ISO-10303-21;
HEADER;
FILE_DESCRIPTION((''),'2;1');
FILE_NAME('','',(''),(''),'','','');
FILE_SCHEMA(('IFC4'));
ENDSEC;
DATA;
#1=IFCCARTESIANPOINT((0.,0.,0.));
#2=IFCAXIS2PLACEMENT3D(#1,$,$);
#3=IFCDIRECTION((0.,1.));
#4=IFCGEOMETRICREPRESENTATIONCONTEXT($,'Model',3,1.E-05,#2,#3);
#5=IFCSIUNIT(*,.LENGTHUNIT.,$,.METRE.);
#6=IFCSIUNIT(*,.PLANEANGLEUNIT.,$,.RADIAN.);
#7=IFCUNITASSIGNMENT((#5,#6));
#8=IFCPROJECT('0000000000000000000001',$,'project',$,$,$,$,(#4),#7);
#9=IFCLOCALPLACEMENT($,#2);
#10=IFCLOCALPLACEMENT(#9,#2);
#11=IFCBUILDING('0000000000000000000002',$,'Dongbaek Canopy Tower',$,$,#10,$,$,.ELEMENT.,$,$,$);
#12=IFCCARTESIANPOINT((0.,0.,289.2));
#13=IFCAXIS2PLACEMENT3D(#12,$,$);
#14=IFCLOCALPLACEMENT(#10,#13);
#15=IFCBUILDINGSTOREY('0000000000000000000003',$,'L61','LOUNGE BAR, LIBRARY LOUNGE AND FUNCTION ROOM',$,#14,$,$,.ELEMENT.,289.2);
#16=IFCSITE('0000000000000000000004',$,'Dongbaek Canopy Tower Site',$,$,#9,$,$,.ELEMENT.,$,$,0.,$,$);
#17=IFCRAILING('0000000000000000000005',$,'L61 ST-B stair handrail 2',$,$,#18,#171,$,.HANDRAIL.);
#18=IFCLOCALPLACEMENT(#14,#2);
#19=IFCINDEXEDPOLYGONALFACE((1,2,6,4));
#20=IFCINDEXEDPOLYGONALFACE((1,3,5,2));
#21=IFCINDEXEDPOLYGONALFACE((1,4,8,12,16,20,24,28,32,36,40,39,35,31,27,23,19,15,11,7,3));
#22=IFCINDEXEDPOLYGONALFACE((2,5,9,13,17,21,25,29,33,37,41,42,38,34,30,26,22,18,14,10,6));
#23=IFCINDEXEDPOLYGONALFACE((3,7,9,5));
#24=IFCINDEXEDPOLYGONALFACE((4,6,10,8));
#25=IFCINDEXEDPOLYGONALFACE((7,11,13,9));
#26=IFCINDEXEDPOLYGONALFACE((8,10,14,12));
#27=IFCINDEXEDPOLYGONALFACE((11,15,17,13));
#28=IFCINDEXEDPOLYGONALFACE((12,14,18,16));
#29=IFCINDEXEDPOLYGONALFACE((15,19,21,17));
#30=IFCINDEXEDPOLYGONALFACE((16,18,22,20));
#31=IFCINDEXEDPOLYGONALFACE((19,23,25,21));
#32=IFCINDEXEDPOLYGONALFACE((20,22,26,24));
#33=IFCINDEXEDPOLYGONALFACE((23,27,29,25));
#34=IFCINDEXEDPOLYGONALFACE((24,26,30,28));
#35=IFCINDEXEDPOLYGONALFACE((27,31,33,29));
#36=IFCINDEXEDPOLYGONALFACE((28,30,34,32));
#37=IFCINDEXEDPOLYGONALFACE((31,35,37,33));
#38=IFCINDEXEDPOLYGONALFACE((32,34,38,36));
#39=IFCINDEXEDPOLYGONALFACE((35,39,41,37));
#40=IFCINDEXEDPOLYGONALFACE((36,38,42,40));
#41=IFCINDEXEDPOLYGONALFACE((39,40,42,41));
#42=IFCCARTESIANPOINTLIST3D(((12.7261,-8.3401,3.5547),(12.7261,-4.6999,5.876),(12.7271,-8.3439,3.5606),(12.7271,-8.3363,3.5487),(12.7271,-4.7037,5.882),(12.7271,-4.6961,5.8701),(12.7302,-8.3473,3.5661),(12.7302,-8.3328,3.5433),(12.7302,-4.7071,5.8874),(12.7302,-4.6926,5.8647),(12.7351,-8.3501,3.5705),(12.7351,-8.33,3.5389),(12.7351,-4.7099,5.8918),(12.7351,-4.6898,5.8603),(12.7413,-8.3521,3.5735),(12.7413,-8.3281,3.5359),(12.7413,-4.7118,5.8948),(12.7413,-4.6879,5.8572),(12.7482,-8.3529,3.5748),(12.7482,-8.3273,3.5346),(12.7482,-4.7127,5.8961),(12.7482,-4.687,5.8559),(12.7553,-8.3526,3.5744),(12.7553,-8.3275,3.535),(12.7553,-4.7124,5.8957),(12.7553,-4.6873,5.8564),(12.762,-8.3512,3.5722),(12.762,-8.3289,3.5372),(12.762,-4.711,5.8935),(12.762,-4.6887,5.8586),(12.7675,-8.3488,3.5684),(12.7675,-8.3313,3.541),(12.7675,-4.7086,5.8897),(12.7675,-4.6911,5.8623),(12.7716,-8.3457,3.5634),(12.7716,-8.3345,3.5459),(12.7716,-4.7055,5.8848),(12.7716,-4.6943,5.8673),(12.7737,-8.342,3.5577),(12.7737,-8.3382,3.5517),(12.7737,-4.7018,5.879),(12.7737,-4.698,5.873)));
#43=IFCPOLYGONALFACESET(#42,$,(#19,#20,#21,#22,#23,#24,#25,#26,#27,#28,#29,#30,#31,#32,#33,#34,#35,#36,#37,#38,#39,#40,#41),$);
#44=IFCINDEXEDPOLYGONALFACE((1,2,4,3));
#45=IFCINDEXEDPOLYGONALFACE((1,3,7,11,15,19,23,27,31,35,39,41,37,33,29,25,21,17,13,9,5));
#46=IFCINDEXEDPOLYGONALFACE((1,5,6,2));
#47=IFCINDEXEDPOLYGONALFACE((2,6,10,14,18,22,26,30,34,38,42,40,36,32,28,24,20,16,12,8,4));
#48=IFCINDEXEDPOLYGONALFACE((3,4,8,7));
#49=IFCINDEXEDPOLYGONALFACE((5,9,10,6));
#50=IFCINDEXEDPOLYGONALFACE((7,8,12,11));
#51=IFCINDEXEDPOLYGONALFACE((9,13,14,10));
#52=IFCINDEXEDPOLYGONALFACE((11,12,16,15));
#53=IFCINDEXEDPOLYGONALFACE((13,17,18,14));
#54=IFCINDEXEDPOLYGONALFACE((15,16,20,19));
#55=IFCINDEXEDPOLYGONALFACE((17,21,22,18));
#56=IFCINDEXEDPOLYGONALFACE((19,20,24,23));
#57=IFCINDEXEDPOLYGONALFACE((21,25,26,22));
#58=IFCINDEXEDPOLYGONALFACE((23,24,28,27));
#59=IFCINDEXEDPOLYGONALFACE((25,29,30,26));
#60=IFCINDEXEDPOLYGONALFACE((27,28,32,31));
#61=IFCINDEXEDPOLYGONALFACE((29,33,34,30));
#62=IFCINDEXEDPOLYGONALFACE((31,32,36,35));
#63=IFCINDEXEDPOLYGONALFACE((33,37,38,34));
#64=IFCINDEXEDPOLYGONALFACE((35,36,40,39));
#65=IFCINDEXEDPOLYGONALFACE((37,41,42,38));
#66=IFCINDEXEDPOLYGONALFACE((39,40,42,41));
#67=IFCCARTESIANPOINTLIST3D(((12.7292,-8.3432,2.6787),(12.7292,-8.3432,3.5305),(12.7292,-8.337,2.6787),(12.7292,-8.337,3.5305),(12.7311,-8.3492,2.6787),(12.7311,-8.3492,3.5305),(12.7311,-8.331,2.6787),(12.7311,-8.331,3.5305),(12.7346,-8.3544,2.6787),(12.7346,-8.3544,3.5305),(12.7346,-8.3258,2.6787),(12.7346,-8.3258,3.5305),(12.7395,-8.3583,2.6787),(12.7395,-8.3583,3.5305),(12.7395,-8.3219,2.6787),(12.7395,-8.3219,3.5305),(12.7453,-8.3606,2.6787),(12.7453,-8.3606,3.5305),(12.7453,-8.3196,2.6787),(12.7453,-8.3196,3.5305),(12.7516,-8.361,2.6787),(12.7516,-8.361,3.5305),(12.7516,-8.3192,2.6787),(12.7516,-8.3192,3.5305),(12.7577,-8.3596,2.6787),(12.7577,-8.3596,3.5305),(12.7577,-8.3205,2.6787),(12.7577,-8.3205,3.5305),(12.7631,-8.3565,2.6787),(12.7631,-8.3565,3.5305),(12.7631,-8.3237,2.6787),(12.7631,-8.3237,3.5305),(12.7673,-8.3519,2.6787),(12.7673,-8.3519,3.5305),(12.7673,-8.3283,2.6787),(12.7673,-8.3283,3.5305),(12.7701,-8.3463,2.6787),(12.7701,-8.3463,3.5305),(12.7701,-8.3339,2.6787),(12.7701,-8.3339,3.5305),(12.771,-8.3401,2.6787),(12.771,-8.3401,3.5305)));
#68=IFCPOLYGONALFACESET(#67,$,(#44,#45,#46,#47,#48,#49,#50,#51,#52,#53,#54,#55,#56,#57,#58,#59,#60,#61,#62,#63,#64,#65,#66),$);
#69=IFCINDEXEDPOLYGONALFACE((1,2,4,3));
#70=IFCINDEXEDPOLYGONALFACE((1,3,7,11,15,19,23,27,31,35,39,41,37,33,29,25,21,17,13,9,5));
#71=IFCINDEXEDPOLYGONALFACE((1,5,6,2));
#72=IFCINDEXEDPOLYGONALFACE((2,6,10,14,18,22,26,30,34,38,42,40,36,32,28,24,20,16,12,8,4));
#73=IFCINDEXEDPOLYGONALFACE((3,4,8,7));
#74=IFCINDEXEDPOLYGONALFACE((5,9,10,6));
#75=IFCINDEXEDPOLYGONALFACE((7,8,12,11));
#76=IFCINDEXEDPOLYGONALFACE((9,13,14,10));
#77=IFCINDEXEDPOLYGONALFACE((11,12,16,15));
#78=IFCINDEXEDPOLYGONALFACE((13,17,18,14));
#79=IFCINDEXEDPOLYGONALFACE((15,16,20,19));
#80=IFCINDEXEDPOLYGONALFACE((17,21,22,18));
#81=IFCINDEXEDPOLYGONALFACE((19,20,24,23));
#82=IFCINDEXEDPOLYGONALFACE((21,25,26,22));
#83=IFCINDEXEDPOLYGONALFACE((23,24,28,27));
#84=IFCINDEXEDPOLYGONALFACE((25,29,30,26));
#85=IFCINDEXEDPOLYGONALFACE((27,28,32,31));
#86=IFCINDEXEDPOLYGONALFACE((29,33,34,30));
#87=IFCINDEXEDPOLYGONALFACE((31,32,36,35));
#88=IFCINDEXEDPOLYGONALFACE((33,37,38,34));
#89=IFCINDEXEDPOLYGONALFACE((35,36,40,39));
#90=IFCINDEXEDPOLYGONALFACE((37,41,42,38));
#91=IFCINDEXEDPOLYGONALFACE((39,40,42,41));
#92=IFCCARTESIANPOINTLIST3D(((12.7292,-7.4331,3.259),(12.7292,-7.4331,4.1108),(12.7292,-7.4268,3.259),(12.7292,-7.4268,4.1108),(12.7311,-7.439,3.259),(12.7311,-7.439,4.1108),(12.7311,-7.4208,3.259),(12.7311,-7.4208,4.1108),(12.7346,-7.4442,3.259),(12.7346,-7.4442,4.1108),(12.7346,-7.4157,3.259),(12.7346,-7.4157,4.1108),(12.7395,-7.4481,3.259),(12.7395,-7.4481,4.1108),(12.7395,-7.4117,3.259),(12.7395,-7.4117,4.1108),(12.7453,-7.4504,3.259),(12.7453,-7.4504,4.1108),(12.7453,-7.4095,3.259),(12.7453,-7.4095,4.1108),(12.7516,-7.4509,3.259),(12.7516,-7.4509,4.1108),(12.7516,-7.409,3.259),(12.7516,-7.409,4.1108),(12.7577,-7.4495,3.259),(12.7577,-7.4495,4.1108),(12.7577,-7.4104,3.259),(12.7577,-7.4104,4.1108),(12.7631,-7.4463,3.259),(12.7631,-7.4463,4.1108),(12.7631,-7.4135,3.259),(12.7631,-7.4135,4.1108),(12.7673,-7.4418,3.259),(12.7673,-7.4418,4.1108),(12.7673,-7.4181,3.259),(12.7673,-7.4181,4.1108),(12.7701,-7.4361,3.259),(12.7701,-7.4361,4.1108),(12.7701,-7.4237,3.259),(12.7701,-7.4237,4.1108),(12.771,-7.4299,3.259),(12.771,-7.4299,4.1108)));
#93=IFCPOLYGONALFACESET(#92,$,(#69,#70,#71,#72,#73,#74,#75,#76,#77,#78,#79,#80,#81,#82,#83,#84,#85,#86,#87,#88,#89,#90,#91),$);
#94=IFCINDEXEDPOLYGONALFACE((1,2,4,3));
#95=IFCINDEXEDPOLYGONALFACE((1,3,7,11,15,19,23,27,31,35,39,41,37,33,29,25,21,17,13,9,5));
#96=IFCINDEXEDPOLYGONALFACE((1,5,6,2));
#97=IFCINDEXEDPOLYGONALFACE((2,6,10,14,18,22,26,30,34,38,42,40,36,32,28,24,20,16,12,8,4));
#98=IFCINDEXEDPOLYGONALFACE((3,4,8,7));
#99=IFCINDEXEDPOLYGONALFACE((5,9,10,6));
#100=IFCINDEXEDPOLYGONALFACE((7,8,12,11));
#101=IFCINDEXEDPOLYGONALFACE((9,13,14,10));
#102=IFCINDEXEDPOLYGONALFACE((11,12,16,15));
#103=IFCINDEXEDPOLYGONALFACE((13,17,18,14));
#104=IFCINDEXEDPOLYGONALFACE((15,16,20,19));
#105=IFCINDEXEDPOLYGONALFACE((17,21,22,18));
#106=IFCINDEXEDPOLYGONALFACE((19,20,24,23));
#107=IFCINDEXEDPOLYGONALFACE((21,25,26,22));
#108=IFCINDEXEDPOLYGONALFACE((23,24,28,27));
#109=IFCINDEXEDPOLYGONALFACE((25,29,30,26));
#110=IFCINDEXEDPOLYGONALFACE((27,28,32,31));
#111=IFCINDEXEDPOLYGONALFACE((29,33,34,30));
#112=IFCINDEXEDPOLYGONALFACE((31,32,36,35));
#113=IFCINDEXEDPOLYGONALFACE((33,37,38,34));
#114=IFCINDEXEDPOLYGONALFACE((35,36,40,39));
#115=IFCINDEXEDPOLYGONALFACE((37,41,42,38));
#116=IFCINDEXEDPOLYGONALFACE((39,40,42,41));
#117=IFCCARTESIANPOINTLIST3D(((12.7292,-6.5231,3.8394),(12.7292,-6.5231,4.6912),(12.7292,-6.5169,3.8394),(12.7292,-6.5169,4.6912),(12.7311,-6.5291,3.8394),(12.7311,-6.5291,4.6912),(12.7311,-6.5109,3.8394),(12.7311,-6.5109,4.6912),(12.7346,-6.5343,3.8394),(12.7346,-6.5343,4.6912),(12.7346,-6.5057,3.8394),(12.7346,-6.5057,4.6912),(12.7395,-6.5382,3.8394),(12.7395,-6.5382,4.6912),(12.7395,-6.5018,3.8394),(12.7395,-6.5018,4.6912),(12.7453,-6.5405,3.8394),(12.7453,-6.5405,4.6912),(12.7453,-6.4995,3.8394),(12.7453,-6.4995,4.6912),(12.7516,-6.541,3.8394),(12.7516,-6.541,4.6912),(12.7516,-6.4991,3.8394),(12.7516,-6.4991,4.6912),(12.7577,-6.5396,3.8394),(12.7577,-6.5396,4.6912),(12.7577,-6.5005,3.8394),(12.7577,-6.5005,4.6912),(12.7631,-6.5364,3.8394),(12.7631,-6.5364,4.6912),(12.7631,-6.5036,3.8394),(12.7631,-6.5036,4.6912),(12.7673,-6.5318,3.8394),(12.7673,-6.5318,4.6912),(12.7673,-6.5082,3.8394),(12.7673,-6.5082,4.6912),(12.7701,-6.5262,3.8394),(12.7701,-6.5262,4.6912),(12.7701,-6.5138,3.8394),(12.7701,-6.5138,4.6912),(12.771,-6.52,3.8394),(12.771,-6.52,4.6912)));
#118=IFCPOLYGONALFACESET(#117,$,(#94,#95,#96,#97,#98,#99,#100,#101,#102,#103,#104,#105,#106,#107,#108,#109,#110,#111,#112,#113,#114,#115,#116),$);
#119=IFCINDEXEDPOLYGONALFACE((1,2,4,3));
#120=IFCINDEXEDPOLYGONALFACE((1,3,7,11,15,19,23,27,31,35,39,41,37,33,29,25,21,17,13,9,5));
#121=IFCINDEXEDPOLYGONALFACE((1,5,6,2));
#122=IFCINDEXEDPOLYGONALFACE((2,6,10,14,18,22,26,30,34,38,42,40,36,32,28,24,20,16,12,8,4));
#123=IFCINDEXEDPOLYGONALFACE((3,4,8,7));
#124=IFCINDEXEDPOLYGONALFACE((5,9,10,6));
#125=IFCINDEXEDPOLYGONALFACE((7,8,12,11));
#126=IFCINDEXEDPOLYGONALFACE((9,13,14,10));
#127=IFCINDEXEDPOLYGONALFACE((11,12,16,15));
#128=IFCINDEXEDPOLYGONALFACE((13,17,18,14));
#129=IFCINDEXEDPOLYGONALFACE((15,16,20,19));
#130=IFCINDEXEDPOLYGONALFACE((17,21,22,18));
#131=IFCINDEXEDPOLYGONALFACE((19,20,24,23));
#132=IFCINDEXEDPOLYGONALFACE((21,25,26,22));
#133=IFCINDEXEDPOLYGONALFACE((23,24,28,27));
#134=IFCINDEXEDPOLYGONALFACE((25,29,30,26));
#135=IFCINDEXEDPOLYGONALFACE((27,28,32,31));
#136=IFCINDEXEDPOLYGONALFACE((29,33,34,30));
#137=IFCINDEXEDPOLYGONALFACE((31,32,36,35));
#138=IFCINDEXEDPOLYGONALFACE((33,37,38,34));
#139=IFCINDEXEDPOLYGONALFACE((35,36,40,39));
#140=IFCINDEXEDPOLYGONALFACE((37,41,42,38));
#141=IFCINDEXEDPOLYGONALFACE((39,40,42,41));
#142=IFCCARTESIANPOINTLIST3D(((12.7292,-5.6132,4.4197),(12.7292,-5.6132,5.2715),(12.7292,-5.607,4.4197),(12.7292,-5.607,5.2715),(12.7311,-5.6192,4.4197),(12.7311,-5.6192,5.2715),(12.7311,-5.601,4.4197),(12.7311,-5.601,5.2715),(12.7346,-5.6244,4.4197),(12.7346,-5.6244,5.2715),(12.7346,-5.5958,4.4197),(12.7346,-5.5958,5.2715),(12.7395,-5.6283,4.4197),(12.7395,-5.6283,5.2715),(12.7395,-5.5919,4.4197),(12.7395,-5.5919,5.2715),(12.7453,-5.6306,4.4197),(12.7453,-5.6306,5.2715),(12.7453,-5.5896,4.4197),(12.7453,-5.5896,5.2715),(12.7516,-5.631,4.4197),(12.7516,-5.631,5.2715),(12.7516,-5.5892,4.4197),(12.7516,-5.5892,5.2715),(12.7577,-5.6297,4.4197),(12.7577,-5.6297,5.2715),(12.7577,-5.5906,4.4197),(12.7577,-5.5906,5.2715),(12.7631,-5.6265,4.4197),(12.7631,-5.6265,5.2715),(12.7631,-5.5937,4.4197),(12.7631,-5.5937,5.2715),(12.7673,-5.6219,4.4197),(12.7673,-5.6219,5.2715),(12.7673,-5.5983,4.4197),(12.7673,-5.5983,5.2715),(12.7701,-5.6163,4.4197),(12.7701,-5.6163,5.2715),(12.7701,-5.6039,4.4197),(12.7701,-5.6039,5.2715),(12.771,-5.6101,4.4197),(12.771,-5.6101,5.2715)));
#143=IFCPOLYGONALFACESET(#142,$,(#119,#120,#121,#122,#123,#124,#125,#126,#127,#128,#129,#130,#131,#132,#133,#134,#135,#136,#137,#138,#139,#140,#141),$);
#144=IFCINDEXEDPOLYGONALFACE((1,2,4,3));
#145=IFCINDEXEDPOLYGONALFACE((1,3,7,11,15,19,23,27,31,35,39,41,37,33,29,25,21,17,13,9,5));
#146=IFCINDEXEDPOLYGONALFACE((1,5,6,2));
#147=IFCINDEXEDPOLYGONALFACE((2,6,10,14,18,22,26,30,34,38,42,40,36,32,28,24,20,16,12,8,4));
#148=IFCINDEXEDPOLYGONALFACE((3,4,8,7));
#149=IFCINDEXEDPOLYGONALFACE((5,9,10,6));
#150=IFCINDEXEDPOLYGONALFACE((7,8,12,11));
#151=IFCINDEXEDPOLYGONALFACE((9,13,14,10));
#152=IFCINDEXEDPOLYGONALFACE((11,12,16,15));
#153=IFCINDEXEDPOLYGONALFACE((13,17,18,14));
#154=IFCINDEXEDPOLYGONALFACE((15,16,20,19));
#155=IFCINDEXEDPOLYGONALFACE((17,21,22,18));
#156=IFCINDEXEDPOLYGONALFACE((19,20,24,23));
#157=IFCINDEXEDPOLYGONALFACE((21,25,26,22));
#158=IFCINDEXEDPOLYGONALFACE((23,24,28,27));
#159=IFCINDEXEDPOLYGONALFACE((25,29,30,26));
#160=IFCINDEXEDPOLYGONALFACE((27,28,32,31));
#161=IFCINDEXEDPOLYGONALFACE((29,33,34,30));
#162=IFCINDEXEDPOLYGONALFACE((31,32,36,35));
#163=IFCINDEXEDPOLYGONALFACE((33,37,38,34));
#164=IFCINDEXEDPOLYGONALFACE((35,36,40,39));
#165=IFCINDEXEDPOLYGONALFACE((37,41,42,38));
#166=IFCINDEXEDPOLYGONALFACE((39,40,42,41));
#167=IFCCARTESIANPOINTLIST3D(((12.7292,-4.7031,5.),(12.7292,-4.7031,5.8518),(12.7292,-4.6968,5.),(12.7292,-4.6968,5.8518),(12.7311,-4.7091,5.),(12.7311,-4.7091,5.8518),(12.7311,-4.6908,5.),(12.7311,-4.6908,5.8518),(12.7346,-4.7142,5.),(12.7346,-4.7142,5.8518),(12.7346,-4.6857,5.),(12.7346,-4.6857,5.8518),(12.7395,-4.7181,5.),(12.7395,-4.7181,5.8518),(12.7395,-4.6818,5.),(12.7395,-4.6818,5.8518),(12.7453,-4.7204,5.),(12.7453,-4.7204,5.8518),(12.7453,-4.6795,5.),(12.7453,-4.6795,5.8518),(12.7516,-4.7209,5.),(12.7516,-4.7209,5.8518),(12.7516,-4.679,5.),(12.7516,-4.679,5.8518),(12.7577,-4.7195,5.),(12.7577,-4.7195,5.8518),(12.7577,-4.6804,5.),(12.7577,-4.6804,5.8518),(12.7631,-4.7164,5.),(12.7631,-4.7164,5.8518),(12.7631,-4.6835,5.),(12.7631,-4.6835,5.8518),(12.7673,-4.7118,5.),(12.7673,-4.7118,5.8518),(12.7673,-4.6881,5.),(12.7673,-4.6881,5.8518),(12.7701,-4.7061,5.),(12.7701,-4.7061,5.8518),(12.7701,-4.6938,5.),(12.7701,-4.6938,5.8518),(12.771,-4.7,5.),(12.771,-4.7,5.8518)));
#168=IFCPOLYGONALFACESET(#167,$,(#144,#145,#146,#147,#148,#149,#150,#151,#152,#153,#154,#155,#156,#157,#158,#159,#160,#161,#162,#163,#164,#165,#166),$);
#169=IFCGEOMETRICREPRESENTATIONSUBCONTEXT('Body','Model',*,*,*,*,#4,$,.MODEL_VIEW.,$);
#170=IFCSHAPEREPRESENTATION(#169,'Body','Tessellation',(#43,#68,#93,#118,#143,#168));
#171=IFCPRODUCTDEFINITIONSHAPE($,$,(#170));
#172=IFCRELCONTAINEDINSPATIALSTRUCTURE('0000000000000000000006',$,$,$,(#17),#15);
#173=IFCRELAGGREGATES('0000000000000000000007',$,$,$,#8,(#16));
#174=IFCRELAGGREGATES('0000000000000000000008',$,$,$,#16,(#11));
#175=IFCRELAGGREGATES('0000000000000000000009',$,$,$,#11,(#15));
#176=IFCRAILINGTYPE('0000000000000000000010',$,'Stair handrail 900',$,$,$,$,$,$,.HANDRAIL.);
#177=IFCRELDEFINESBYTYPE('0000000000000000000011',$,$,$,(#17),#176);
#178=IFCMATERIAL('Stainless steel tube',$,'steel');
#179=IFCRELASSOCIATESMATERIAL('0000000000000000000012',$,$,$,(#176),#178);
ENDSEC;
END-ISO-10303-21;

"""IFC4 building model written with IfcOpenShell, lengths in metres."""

from ifc_helpers import new_model, si_unit, direction, frame, origin, origin_2d, place, context, subcontext, project, spatial, circle, extrude, material, type_object, element, save


model = new_model("IFC4")

# Units and contexts
model_context = context("Model", 3, precision=1e-05, world=origin(), true_north=direction((0.0, 1.0)))
body_context = subcontext(model_context, "Body", "Model", "MODEL_VIEW")
ifc_project = project(units=[si_unit("LENGTHUNIT", "METRE"), si_unit("PLANEANGLEUNIT", "RADIAN")], contexts=[model_context])

# Site, building, storey
site_placement = place(None, origin())
site = spatial("IfcSite", under=ifc_project, at=site_placement, Name="Dongbaek Canopy Tower Site", CompositionType="ELEMENT", RefElevation=0.0)
building_placement = place(site_placement, origin())
building = spatial("IfcBuilding", under=site, at=building_placement, Name="Dongbaek Canopy Tower", CompositionType="ELEMENT")
storey_placement = place(building_placement, frame((0.0, 0.0, 289.2)))
storey = spatial("IfcBuildingStorey", under=building, at=storey_placement, Name="L61", Description="LOUNGE BAR, LIBRARY LOUNGE AND FUNCTION ROOM", CompositionType="ELEMENT", Elevation=289.2)

# Railing
ifc_material_1 = material(Name="Stainless steel tube", Category="steel")
railing_type_1 = type_object("IfcRailingType", Name="Stair handrail 900", PredefinedType="HANDRAIL", material=ifc_material_1)
railing_1_placement = place(storey_placement, frame((12.75, -8.3401, 2.6787)))
element("IfcRailing", 1, at=railing_1_placement, inside=storey, type_object=railing_type_1, Name="L61 ST-B stair handrail 2", PredefinedType="HANDRAIL", context=body_context, shape_type="SweptSolid", body=[
    extrude(circle(Radius=0.0239, at=origin_2d()), frame((0.0, 0.0, 0.876), z_axis=(0.0, 0.843153, 0.537673), x_axis=(-1.0, 0.0, 0.0)), (0.0, 0.0, 1.0), 4.3174),
    extrude(circle(Radius=0.021, at=origin_2d()), origin(), (0.0, 0.0, 1.0), 0.8518),
    extrude(circle(Radius=0.021, at=origin_2d()), frame((0.0, 0.9102, 0.5803)), (0.0, 0.0, 1.0), 0.8518),
    extrude(circle(Radius=0.021, at=origin_2d()), frame((0.0, 1.8201, 1.1606)), (0.0, 0.0, 1.0), 0.8518),
    extrude(circle(Radius=0.021, at=origin_2d()), frame((0.0, 2.73, 1.741)), (0.0, 0.0, 1.0), 0.8518),
    extrude(circle(Radius=0.021, at=origin_2d()), frame((0.0, 3.6401, 2.3213)), (0.0, 0.0, 1.0), 0.8518),
])

save(model, "model.ifc")
